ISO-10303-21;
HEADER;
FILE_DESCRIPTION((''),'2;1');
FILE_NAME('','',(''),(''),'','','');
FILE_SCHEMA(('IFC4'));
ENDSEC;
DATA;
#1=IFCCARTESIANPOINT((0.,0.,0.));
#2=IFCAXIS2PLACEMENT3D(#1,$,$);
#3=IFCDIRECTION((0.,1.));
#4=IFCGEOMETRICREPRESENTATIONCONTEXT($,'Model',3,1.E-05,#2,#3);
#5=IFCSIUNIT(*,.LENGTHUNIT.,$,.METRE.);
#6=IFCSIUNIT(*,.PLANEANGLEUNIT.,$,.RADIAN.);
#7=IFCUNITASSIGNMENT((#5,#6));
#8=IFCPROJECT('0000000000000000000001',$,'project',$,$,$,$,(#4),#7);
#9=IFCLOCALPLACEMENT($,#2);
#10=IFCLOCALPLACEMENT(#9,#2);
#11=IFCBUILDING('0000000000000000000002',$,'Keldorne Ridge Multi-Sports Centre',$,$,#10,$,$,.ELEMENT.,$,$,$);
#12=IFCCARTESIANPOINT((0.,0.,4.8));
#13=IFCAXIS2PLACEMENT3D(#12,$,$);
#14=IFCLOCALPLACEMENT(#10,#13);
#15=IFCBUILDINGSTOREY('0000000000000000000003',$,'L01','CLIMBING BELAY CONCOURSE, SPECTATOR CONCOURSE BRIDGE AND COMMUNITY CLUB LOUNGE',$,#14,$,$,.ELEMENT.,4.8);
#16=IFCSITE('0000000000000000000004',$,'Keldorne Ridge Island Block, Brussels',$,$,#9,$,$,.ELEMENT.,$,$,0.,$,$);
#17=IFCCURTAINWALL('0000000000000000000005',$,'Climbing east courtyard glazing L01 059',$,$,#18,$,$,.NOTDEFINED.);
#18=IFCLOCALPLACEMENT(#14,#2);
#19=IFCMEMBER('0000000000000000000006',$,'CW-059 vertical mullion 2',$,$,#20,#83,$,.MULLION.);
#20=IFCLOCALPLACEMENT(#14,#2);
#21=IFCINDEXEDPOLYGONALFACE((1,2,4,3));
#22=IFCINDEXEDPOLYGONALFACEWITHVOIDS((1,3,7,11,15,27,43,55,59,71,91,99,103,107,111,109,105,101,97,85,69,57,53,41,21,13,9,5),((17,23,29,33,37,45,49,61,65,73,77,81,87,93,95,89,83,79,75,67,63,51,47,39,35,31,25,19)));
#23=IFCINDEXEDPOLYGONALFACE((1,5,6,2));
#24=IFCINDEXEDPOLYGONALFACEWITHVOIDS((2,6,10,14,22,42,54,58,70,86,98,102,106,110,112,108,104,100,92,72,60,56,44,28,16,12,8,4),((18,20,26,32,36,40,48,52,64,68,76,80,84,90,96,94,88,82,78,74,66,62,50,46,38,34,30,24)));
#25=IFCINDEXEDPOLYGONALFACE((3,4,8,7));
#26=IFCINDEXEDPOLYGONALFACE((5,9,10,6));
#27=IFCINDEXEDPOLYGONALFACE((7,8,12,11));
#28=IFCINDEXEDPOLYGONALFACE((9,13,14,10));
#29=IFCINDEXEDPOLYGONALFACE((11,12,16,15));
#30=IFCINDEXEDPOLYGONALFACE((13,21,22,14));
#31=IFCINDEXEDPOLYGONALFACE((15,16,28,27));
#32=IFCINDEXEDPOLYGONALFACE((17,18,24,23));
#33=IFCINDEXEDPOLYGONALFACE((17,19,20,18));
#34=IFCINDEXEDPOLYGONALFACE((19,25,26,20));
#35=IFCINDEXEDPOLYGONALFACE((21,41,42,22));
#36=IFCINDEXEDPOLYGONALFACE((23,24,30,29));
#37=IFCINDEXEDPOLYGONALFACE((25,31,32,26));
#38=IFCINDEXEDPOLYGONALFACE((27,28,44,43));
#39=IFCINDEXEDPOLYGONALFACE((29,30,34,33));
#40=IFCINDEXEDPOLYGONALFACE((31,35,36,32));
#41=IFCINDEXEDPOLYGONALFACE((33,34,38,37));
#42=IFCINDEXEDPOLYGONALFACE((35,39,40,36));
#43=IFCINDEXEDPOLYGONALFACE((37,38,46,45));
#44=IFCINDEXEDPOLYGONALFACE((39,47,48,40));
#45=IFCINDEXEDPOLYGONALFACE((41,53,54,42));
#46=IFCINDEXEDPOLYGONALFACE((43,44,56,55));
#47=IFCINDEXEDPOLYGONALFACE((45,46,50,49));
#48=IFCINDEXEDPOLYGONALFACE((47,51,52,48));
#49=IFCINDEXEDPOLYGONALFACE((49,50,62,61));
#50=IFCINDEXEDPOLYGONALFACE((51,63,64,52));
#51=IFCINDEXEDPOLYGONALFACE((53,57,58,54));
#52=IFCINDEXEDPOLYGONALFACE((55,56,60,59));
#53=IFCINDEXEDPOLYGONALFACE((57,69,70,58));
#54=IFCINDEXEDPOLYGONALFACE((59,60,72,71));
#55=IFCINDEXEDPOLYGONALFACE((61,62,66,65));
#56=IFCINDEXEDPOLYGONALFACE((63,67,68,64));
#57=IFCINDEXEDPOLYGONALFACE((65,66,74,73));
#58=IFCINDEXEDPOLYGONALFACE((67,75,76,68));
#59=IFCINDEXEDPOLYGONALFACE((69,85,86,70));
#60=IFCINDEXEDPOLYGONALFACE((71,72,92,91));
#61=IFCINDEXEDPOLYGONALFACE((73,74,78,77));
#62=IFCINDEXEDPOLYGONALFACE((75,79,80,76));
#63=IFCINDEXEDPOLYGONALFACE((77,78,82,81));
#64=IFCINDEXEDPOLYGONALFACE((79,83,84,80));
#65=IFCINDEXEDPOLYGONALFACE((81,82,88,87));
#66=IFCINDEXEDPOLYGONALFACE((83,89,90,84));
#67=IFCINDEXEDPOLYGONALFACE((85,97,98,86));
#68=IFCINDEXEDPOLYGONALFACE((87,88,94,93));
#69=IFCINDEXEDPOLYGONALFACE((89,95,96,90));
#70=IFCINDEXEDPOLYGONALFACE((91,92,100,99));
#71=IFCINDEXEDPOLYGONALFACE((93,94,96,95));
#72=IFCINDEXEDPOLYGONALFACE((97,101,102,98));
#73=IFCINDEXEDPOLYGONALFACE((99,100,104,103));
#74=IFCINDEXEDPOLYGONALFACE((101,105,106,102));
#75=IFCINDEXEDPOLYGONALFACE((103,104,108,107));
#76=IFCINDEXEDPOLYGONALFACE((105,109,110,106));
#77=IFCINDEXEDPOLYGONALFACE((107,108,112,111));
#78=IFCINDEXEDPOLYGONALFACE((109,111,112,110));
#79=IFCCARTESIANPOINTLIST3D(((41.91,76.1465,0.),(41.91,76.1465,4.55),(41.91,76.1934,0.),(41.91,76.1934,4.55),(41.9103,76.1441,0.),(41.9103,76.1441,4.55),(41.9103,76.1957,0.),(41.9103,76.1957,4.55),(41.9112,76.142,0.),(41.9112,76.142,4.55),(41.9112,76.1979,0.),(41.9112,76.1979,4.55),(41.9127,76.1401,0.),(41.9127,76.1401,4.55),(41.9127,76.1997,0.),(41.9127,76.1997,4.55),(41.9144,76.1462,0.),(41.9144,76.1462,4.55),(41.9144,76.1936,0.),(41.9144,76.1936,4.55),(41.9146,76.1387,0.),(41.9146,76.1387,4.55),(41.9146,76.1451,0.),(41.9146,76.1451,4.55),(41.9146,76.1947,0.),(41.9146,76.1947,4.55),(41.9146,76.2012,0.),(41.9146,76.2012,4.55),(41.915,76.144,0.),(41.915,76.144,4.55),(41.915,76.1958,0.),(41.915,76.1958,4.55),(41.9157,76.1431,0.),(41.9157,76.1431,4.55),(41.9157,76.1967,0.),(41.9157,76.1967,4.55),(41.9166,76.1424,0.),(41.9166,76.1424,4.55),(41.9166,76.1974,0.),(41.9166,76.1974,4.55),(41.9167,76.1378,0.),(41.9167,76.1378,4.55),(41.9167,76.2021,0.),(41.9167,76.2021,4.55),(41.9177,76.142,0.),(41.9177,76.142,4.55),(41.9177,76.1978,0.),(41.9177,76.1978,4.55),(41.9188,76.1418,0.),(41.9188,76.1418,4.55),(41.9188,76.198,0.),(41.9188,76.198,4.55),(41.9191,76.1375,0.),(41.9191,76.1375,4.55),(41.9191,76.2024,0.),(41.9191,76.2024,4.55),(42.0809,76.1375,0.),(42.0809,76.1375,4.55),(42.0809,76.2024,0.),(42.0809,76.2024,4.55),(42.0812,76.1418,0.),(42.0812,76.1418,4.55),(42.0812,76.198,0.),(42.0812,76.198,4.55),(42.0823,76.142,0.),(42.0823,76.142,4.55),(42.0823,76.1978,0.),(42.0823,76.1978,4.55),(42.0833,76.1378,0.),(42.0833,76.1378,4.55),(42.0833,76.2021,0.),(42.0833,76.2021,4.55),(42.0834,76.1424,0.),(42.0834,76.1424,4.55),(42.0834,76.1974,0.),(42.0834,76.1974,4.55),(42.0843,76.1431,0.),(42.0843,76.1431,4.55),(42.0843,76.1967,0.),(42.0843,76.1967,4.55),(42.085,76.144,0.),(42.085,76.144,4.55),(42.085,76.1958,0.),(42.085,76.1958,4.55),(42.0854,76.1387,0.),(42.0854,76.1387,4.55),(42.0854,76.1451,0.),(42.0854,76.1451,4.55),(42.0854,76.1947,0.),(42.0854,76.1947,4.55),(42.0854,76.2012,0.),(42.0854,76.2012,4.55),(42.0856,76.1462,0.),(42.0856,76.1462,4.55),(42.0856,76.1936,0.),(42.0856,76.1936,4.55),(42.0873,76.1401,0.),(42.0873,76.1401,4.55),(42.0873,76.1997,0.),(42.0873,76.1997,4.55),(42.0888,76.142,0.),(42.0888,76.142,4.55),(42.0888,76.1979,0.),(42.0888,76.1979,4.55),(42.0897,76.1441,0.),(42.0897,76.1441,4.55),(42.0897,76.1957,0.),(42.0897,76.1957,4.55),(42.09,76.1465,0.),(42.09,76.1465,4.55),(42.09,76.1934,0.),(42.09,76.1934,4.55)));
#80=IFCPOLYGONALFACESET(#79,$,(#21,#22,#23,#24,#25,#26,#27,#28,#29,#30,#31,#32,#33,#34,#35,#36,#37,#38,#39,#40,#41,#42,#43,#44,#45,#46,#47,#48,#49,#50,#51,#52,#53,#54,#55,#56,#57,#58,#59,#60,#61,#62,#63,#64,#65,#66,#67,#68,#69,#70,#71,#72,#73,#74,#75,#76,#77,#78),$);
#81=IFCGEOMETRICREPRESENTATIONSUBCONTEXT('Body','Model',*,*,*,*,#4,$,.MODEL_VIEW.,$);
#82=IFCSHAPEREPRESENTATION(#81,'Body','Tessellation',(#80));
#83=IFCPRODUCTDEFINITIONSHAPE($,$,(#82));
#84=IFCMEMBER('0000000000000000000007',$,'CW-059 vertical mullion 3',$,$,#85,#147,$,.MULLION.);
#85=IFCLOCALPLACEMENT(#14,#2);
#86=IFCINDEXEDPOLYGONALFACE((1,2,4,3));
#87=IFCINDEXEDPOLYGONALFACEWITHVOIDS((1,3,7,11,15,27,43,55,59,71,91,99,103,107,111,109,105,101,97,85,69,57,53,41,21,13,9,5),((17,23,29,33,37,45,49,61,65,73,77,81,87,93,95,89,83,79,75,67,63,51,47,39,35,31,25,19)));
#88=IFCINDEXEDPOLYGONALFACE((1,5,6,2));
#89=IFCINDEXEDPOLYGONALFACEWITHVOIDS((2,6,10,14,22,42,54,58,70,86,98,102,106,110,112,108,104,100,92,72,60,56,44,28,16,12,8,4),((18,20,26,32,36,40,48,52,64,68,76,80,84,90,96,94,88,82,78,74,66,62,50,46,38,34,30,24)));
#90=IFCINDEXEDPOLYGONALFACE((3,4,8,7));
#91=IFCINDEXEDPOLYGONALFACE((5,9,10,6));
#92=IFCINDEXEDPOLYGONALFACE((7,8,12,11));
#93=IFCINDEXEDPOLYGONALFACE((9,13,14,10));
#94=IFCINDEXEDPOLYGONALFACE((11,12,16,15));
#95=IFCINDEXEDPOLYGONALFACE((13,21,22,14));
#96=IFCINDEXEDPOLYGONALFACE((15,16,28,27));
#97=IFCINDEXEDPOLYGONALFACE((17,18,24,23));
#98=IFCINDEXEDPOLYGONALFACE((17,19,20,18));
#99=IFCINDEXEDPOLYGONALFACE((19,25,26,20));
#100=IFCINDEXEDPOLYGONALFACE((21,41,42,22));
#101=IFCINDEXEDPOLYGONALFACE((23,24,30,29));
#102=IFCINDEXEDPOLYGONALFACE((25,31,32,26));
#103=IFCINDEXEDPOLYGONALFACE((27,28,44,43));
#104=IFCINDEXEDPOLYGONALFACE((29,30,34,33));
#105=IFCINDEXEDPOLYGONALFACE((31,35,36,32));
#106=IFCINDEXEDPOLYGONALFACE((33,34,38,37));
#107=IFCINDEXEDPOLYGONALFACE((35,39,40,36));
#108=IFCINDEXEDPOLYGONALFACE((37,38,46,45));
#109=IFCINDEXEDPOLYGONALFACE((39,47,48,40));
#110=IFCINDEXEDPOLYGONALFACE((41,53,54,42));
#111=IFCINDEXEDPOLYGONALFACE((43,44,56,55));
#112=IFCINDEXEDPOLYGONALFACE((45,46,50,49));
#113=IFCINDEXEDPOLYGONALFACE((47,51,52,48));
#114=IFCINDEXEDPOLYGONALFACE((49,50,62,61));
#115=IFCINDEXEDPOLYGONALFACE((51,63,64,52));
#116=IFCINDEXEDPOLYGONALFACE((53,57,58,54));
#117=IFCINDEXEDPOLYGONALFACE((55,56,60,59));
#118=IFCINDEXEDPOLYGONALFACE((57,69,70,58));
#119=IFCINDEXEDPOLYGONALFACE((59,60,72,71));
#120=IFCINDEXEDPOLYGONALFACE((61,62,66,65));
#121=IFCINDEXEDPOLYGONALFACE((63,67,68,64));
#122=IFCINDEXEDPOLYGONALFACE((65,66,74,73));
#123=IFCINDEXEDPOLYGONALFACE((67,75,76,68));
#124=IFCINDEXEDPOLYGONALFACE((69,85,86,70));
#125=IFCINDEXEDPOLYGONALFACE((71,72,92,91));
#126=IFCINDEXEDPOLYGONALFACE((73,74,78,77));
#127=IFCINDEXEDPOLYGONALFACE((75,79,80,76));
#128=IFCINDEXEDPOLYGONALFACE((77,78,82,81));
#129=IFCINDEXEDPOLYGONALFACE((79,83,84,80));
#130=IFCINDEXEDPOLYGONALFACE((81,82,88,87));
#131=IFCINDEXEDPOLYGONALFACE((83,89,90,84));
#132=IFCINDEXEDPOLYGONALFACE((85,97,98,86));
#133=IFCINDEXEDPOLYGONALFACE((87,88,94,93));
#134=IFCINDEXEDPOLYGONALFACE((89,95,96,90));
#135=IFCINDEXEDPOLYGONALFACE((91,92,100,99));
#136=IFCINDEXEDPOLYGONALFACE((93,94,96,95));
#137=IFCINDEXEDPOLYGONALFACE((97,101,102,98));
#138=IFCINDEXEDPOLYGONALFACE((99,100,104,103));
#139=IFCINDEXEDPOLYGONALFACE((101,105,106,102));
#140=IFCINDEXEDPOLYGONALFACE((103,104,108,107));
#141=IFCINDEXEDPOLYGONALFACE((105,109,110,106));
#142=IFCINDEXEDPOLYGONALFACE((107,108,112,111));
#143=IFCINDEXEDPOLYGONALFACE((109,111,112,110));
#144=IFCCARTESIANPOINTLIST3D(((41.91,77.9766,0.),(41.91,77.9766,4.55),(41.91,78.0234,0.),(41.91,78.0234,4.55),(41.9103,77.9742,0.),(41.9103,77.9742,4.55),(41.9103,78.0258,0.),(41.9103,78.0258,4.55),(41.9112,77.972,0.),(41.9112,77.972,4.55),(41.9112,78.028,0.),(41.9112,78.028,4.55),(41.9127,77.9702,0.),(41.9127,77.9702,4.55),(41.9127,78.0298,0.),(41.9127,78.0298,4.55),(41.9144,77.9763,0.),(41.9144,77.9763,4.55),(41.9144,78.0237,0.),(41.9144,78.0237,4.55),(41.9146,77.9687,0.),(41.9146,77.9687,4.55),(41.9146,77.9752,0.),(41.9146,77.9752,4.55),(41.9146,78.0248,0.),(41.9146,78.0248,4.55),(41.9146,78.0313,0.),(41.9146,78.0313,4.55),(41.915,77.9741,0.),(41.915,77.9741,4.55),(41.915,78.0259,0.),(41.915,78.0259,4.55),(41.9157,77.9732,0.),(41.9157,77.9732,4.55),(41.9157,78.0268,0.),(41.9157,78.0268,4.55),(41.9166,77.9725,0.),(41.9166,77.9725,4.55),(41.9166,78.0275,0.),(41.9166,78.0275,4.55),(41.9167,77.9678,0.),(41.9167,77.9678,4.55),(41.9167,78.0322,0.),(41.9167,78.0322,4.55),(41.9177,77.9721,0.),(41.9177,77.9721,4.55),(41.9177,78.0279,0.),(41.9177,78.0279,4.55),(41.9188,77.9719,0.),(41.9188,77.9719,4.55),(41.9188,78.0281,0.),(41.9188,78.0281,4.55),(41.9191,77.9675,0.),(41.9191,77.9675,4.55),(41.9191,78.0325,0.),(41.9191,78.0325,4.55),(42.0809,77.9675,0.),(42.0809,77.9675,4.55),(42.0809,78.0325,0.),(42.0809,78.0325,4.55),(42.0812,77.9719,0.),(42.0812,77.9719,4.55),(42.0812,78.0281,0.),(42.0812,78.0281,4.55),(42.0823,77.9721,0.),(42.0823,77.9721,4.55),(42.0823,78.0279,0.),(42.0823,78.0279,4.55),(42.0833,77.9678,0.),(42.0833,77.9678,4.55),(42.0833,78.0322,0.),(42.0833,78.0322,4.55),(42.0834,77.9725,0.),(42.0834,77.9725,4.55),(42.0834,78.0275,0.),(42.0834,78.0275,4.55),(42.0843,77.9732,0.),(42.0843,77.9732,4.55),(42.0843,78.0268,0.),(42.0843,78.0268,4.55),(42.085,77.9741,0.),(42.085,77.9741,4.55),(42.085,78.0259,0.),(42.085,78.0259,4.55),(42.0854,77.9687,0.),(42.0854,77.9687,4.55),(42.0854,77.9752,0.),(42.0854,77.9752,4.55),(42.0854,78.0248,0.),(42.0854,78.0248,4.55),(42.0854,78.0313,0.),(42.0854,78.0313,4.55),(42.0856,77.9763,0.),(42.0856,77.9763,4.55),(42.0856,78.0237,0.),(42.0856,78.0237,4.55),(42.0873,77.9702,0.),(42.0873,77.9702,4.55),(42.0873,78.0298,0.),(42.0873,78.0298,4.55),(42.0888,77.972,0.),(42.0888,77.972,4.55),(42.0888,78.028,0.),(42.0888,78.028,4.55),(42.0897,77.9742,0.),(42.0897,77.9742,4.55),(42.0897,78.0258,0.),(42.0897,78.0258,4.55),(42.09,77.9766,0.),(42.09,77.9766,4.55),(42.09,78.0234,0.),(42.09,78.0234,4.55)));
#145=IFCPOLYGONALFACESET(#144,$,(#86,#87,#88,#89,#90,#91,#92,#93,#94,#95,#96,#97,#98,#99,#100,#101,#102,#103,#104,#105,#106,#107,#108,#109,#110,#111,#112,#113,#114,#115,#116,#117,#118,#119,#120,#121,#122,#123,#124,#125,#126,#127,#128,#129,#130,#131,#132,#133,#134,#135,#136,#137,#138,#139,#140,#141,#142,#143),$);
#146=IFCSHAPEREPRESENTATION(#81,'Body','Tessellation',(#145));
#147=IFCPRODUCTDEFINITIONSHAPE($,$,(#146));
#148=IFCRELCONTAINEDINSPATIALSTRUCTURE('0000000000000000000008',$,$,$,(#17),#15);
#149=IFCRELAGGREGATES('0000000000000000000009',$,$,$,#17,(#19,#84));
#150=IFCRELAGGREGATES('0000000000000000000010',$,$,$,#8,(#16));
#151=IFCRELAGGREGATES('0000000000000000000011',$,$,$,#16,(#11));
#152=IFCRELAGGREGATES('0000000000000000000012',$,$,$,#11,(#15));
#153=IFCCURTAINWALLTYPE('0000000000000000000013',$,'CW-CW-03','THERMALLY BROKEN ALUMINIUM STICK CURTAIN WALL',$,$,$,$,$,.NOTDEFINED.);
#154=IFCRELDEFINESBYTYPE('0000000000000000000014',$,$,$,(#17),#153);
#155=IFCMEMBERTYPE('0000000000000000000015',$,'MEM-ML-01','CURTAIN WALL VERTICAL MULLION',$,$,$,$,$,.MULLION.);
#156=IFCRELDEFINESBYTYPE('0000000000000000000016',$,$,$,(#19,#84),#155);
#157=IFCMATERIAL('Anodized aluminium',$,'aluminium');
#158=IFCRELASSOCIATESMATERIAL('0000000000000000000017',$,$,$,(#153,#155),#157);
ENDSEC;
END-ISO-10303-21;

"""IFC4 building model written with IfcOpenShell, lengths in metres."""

from ifc_helpers import new_model, si_unit, direction, frame, origin, origin_2d, place, context, subcontext, project, spatial, hollow_rectangle, extrude, material, material_profile, profile_set, type_object, element, aggregate, save


model = new_model("IFC4")

# Units and contexts
model_context = context("Model", 3, precision=1e-05, world=origin(), true_north=direction((0.0, 1.0)))
body_context = subcontext(model_context, "Body", "Model", "MODEL_VIEW")
ifc_project = project(units=[si_unit("LENGTHUNIT", "METRE"), si_unit("PLANEANGLEUNIT", "RADIAN")], contexts=[model_context])

# Site, building, storey
site_placement = place(None, origin())
site = spatial("IfcSite", under=ifc_project, at=site_placement, Name="Keldorne Ridge Island Block, Brussels", CompositionType="ELEMENT", RefElevation=0.0)
building_placement = place(site_placement, origin())
building = spatial("IfcBuilding", under=site, at=building_placement, Name="Keldorne Ridge Multi-Sports Centre", CompositionType="ELEMENT")
storey_placement = place(building_placement, frame((0.0, 0.0, 4.8)))
storey = spatial("IfcBuildingStorey", under=building, at=storey_placement, Name="L01", Description="CLIMBING BELAY CONCOURSE, SPECTATOR CONCOURSE BRIDGE AND COMMUNITY CLUB LOUNGE", CompositionType="ELEMENT", Elevation=4.8)

# Curtain wall, members
ifc_material_1 = material(Name="Anodized aluminium", Category="aluminium")
curtain_wall_type_1 = type_object("IfcCurtainWallType", Name="CW-CW-03", Description="THERMALLY BROKEN ALUMINIUM STICK CURTAIN WALL", PredefinedType="NOTDEFINED", material=ifc_material_1)
curtain_wall_1_placement = place(storey_placement, origin())
curtain_wall_1 = element("IfcCurtainWall", 1, at=curtain_wall_1_placement, inside=storey, type_object=curtain_wall_type_1, Name="Climbing east courtyard glazing L01 059", PredefinedType="NOTDEFINED")
ifc_material_profile_1 = material_profile(ifc_material_1, hollow_rectangle(XDim=0.0649, YDim=0.1799, WallThickness=0.0044, InnerFilletRadius=0.0044, OuterFilletRadius=0.009, at=origin_2d()), Name="ALU MULLION 180x65x4.5")
ifc_profile_set_1 = profile_set([ifc_material_profile_1], Name="Anodized aluminium")
member_type_1 = type_object("IfcMemberType", Name="MEM-ML-01", Description="CURTAIN WALL VERTICAL MULLION", PredefinedType="MULLION", material=ifc_profile_set_1)
member_1_placement = place(storey_placement, frame((42.0, 76.1699, 0.0), z_axis=(0.0, 0.0, 1.0), x_axis=(0.0, 1.0, 0.0)))
member_1 = element("IfcMember", 2, at=member_1_placement, type_object=member_type_1, Name="CW-059 vertical mullion 2", PredefinedType="MULLION", context=body_context, shape_type="SweptSolid", body=[
    extrude(hollow_rectangle(XDim=0.0649, YDim=0.1799, WallThickness=0.0044, InnerFilletRadius=0.0044, OuterFilletRadius=0.009, at=origin_2d()), origin(), (0.0, 0.0, 1.0), 4.55),
])
member_2_placement = place(storey_placement, frame((42.0, 78.0, 0.0), z_axis=(0.0, 0.0, 1.0), x_axis=(0.0, 1.0, 0.0)))
member_2 = element("IfcMember", 3, at=member_2_placement, type_object=member_type_1, Name="CW-059 vertical mullion 3", PredefinedType="MULLION", context=body_context, shape_type="SweptSolid", body=[
    extrude(hollow_rectangle(XDim=0.0649, YDim=0.1799, WallThickness=0.0044, InnerFilletRadius=0.0044, OuterFilletRadius=0.009, at=origin_2d()), origin(), (0.0, 0.0, 1.0), 4.55),
])

aggregate(curtain_wall_1, [member_1, member_2])

save(model, "model.ifc")
